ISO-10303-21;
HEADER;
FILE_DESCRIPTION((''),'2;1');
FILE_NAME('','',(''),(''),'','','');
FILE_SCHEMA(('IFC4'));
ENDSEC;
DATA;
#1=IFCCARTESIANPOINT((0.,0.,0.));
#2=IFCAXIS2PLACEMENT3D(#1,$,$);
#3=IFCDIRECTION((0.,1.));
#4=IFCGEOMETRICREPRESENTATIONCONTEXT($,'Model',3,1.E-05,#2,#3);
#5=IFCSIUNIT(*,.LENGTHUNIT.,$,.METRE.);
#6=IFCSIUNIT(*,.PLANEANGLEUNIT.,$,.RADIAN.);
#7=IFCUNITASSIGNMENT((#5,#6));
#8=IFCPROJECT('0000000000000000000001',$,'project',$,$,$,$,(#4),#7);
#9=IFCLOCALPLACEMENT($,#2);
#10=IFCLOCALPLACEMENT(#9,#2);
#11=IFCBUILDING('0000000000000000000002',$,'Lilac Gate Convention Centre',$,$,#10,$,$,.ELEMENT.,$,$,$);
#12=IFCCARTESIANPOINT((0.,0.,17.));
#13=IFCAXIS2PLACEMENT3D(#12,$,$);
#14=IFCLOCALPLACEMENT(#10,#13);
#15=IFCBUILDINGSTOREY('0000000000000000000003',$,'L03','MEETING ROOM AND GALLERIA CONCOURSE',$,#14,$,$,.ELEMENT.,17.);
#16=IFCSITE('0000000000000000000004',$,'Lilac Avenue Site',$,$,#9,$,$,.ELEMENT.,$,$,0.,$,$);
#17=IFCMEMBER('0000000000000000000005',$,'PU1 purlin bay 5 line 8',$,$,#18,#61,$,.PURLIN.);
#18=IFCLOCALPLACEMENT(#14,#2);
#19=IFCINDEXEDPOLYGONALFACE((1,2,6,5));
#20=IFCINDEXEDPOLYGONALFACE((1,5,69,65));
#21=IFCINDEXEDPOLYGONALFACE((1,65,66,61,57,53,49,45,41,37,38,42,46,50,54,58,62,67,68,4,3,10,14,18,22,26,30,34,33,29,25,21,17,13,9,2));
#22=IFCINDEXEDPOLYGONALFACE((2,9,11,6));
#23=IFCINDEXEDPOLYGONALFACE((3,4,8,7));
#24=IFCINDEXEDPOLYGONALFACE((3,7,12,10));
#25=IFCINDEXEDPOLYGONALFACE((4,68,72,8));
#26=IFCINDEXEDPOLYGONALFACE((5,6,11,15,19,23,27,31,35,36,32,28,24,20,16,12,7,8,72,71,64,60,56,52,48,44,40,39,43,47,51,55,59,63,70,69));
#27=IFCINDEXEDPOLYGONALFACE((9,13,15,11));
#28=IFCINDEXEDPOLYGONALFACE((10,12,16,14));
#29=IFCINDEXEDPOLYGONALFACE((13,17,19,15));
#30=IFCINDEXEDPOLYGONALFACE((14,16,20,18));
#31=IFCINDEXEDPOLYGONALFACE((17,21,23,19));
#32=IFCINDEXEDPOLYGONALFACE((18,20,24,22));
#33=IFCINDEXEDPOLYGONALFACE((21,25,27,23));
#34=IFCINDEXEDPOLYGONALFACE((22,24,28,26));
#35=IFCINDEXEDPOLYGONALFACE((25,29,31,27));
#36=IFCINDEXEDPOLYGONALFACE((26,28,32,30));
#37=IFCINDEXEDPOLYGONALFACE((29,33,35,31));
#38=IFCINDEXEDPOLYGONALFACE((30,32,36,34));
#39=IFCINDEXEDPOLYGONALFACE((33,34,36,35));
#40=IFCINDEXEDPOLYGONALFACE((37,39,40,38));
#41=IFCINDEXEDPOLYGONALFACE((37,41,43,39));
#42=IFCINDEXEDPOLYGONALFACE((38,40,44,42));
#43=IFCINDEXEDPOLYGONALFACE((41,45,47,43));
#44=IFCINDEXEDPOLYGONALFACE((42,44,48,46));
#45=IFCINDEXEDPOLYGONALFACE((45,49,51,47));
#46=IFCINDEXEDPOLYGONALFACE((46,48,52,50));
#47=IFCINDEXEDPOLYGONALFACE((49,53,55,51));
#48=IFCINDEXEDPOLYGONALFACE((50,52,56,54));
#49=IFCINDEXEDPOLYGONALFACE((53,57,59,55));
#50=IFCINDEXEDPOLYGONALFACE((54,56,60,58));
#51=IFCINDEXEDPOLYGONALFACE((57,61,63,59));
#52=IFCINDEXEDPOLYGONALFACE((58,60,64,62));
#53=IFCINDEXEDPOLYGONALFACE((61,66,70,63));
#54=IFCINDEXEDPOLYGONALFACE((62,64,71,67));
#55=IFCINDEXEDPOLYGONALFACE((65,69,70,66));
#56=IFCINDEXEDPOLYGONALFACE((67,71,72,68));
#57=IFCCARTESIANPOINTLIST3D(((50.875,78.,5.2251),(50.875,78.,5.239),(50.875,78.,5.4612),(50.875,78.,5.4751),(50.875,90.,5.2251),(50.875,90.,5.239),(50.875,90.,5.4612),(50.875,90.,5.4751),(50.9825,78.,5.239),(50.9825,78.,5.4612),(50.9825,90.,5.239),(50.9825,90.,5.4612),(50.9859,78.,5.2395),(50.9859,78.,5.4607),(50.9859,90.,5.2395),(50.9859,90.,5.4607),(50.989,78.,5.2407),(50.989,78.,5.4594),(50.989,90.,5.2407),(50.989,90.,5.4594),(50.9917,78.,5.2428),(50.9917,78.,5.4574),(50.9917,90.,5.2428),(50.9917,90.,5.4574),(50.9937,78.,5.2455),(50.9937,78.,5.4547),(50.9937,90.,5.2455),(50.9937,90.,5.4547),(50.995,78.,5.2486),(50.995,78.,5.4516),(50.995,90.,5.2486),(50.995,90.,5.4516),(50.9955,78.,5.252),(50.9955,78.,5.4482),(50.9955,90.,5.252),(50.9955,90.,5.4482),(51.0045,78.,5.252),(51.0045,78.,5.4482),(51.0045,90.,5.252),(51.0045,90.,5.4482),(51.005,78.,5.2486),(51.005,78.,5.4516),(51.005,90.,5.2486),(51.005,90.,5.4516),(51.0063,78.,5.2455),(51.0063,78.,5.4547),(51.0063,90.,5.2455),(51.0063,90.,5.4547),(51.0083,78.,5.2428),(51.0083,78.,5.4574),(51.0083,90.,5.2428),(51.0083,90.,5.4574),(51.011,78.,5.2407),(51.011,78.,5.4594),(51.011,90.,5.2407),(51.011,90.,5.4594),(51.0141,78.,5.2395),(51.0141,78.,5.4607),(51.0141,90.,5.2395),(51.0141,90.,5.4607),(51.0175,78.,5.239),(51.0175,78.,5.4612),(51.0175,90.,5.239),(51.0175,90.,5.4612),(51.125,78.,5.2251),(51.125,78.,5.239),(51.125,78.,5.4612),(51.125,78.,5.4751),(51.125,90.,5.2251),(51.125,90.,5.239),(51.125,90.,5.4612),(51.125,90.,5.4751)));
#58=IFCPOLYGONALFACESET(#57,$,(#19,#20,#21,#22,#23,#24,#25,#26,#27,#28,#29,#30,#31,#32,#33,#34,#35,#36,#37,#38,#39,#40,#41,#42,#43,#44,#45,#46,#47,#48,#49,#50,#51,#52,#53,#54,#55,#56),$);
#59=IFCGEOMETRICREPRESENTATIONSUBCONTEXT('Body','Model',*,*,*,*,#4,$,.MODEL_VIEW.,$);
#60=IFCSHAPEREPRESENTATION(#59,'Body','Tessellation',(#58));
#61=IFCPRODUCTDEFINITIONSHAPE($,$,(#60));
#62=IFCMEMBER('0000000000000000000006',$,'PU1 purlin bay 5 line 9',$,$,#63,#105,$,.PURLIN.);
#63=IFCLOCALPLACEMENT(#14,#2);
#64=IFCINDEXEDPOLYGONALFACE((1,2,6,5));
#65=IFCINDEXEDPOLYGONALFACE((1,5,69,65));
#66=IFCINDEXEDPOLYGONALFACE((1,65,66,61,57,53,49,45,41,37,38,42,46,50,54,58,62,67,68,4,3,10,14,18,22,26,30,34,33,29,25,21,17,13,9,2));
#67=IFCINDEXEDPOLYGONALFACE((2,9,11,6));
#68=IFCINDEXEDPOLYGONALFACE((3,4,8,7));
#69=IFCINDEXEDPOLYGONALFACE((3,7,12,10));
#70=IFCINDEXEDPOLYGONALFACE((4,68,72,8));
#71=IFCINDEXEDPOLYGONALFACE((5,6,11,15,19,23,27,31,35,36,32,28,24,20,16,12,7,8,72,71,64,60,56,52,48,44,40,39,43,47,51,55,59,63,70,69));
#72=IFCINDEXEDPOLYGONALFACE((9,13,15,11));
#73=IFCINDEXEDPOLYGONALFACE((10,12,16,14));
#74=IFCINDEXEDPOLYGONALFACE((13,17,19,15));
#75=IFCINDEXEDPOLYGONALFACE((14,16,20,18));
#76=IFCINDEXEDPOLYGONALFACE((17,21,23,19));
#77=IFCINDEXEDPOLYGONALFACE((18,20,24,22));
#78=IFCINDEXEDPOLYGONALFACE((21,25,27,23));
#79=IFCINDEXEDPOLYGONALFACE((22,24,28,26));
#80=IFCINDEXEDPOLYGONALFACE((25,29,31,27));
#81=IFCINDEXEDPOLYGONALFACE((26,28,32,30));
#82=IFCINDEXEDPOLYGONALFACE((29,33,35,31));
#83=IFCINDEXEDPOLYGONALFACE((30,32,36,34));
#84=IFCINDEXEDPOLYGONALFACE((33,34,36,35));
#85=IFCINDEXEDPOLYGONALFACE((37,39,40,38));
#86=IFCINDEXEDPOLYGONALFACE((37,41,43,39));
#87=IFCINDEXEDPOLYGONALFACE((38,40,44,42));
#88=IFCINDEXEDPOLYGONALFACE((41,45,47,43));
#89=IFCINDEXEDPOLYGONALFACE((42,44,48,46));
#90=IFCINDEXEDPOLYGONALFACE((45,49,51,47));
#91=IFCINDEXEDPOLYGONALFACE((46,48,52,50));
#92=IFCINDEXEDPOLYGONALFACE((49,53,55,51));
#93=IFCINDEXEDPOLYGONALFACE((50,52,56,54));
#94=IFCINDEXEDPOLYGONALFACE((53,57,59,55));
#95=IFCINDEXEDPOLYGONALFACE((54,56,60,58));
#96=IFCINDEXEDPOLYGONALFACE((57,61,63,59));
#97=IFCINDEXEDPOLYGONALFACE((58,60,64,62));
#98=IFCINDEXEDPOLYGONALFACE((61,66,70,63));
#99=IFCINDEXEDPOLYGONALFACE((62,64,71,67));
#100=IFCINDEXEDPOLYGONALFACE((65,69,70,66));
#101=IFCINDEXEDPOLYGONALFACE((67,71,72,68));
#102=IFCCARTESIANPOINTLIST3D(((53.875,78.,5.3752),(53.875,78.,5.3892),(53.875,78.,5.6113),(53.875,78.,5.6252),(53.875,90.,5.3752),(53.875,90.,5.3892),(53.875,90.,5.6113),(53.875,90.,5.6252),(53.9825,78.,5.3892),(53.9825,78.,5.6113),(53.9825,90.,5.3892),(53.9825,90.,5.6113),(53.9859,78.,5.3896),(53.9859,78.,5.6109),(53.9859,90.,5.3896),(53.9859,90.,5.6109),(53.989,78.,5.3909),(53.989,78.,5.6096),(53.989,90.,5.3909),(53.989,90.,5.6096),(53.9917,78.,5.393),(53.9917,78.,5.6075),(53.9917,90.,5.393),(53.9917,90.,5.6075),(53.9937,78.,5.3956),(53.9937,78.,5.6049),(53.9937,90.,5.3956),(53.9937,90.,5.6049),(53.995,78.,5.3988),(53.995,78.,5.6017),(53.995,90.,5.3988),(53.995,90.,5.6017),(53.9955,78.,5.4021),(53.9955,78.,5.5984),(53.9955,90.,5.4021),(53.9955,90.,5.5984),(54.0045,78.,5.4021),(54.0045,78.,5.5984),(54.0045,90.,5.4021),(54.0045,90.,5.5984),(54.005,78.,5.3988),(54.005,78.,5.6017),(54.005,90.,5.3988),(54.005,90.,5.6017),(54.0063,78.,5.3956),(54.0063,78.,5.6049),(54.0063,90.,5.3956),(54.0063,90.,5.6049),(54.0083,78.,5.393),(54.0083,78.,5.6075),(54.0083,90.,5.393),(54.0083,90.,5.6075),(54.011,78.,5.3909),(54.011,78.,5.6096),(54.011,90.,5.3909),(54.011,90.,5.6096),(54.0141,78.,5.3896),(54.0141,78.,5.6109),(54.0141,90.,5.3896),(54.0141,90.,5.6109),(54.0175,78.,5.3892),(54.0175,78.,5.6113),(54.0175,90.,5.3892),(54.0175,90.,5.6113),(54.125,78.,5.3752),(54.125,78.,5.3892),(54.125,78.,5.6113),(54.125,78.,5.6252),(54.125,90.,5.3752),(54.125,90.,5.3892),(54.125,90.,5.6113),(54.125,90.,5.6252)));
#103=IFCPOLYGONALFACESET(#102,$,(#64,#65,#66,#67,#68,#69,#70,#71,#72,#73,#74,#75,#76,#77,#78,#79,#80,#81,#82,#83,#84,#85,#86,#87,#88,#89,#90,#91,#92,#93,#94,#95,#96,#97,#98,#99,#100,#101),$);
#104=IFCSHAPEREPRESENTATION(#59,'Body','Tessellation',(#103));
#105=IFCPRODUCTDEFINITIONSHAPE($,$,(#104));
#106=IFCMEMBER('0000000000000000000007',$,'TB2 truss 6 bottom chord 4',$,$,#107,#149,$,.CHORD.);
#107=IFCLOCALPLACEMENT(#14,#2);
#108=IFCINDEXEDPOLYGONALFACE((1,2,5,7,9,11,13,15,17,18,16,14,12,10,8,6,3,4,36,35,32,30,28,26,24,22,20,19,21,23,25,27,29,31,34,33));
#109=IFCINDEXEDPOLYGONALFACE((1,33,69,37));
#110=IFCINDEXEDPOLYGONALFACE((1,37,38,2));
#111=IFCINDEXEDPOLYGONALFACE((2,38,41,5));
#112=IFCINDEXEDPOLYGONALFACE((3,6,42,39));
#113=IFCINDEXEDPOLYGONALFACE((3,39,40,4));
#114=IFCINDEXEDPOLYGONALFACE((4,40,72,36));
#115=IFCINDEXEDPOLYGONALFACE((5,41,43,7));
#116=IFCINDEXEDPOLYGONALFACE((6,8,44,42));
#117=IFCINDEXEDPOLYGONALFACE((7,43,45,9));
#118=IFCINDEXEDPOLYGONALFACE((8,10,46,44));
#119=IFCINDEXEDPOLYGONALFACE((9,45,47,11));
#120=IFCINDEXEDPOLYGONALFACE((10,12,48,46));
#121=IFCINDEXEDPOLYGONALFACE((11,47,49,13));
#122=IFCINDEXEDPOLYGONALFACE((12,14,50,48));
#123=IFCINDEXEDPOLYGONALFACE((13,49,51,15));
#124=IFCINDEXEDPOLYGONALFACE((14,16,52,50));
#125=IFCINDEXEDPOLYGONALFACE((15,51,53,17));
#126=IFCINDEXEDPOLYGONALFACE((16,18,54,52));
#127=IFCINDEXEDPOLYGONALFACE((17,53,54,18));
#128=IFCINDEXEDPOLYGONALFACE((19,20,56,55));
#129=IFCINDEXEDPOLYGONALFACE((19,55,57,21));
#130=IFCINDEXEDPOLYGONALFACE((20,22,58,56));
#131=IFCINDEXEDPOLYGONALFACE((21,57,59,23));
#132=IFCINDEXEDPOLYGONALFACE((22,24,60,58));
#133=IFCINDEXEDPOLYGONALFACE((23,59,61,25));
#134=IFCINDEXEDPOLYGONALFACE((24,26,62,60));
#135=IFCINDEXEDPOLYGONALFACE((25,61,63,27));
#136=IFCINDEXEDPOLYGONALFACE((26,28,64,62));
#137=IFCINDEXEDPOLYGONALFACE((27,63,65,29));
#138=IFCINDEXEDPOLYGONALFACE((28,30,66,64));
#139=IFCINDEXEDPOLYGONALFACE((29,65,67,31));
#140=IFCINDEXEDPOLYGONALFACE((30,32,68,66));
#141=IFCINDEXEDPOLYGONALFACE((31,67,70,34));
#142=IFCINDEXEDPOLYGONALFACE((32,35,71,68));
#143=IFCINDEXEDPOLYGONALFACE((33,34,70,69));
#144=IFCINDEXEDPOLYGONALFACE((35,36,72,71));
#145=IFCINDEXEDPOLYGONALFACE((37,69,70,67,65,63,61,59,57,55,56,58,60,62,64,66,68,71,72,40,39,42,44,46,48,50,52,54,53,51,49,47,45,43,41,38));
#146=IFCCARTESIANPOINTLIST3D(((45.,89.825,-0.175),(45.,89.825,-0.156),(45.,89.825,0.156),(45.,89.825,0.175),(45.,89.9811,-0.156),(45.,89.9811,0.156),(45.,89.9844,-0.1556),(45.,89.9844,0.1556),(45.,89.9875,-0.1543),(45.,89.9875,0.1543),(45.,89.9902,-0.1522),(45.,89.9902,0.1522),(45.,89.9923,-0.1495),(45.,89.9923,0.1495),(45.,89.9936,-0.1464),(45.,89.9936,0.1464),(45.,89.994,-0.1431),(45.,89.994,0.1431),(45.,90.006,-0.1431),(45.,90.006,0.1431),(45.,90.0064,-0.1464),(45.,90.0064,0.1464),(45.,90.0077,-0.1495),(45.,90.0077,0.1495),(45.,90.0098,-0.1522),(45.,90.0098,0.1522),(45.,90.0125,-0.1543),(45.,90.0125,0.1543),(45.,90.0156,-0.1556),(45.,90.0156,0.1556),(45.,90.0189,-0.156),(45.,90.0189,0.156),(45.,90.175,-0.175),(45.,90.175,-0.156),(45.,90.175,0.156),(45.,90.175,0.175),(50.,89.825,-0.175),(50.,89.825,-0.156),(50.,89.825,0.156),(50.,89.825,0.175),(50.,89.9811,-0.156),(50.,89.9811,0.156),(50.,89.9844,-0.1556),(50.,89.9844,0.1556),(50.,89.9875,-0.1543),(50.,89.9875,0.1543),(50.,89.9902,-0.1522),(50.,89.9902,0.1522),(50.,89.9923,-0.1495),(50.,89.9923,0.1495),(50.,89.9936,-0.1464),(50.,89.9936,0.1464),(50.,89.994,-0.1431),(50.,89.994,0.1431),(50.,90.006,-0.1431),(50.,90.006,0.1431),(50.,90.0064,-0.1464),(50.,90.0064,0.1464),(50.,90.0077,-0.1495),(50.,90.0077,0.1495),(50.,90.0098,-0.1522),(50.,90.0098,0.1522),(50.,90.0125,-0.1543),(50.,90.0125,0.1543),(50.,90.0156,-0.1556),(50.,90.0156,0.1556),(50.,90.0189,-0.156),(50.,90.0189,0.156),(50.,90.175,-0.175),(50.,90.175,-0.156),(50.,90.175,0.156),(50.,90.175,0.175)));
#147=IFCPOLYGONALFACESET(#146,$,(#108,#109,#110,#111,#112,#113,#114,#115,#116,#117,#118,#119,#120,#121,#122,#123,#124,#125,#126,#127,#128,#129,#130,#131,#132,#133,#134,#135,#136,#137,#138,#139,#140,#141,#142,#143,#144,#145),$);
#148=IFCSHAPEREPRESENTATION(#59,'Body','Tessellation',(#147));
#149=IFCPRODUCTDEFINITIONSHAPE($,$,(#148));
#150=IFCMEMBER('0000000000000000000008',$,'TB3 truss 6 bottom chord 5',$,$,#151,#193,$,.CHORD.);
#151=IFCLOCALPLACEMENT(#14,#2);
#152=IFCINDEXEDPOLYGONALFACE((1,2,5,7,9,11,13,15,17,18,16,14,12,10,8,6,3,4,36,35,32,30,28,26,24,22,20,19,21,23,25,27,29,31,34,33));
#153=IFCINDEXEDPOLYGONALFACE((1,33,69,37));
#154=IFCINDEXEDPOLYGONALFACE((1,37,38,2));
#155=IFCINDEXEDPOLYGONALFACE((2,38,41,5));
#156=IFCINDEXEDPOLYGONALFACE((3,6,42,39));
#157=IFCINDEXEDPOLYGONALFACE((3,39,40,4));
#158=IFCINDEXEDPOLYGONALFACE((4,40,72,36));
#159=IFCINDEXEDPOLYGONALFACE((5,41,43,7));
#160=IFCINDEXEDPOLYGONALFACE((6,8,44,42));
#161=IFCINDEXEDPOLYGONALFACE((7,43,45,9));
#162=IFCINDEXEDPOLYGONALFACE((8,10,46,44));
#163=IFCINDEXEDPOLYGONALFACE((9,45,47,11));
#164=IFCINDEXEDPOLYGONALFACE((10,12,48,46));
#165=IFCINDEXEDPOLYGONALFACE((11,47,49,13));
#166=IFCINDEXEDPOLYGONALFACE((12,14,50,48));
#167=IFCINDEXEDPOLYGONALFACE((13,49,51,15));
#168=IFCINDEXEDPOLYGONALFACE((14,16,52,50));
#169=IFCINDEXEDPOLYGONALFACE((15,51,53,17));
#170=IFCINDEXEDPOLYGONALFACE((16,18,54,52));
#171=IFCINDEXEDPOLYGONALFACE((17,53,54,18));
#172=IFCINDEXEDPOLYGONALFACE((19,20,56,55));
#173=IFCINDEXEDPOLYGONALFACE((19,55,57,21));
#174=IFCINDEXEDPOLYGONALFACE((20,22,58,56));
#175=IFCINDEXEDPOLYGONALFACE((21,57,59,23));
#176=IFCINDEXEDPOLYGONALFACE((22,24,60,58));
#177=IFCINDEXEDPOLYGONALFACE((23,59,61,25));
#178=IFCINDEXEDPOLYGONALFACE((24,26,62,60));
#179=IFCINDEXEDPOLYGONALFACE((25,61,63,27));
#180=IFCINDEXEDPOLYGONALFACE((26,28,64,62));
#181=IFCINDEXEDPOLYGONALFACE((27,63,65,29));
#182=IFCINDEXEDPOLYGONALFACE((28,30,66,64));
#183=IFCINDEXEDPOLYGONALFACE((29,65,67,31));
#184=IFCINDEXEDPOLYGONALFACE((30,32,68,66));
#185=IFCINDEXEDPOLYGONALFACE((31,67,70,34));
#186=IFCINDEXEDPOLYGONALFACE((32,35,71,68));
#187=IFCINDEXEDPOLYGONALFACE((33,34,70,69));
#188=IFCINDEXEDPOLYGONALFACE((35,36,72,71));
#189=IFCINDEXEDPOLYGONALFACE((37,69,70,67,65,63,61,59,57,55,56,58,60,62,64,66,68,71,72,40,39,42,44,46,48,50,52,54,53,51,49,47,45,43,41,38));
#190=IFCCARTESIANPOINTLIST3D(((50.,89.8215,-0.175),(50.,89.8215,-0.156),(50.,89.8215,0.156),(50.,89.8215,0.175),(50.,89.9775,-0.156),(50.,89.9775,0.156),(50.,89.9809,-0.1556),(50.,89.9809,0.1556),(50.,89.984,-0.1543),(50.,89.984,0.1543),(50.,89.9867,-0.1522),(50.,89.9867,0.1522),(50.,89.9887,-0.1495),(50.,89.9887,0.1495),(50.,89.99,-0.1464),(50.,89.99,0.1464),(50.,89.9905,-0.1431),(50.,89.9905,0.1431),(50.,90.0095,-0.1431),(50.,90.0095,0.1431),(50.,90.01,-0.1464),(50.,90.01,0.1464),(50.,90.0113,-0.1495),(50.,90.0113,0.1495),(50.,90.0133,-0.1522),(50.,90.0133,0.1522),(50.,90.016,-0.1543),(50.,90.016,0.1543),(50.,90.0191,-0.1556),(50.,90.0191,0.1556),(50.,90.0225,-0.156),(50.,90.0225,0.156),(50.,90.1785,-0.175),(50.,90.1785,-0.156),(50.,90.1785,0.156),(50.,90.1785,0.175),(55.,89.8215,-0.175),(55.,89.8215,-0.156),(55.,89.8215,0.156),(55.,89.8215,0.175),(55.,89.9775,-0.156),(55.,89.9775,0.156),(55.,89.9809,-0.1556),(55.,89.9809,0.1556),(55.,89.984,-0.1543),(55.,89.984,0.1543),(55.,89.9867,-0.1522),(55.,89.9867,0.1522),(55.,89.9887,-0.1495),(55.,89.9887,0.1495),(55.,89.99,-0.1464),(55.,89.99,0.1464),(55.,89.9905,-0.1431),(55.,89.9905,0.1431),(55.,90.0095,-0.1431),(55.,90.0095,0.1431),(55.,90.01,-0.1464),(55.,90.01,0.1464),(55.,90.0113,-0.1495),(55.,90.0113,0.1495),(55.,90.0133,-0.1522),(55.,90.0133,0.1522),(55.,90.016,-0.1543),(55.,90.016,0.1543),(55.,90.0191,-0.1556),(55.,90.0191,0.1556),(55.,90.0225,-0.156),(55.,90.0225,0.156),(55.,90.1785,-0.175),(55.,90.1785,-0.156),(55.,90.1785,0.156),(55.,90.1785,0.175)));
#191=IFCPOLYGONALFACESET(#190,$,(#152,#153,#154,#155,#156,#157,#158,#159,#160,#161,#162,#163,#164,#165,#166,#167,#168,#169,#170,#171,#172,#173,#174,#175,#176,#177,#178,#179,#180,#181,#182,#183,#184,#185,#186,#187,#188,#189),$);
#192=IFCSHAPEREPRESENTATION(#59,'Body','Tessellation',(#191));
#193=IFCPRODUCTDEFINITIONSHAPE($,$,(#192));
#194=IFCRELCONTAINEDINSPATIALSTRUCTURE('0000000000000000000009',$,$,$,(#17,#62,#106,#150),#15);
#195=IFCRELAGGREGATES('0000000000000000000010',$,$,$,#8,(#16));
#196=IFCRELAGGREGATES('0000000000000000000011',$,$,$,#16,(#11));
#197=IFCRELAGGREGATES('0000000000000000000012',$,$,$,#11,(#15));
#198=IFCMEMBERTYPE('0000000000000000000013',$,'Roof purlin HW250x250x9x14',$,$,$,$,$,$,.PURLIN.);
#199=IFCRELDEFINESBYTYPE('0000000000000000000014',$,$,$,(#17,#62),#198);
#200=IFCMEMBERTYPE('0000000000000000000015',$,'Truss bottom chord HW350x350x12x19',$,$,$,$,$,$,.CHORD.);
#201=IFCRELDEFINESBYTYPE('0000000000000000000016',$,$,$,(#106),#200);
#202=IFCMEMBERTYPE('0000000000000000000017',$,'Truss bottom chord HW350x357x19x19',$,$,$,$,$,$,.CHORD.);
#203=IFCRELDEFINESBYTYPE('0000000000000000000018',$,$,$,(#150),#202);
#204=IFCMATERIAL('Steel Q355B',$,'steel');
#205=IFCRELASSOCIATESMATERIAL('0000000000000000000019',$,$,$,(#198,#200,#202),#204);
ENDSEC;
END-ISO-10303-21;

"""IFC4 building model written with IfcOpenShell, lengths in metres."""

from ifc_helpers import new_model, si_unit, direction, frame, origin, origin_2d, place, context, subcontext, project, spatial, i_section, extrude, material, material_profile, profile_set, type_object, element, save


model = new_model("IFC4")

# Units and contexts
model_context = context("Model", 3, precision=1e-05, world=origin(), true_north=direction((0.0, 1.0)))
body_context = subcontext(model_context, "Body", "Model", "MODEL_VIEW")
ifc_project = project(units=[si_unit("LENGTHUNIT", "METRE"), si_unit("PLANEANGLEUNIT", "RADIAN")], contexts=[model_context])

# Site, building, storey
site_placement = place(None, origin())
site = spatial("IfcSite", under=ifc_project, at=site_placement, Name="Lilac Avenue Site", CompositionType="ELEMENT", RefElevation=0.0)
building_placement = place(site_placement, origin())
building = spatial("IfcBuilding", under=site, at=building_placement, Name="Lilac Gate Convention Centre", CompositionType="ELEMENT")
storey_placement = place(building_placement, frame((0.0, 0.0, 17.0)))
storey = spatial("IfcBuildingStorey", under=building, at=storey_placement, Name="L03", Description="MEETING ROOM AND GALLERIA CONCOURSE", CompositionType="ELEMENT", Elevation=17.0)

# Members
ifc_material = material(Name="Steel Q355B", Category="steel")
ifc_material_profile_1 = material_profile(ifc_material, i_section(OverallWidth=0.25, OverallDepth=0.25, WebThickness=0.009, FlangeThickness=0.0139, FilletRadius=0.0129, at=origin_2d()), Name="HW250x250x9x14")
ifc_profile_set_1 = profile_set([ifc_material_profile_1], Name="Steel Q355B")
member_type_1 = type_object("IfcMemberType", Name="Roof purlin HW250x250x9x14", PredefinedType="PURLIN", material=ifc_profile_set_1)
for number, where, z_axis, x_axis, name in (
    (1, (51.0, 78.0, 5.3501), (0.0, 1.0, 0.0), (-1.0, 0.0, 0.0), "PU1 purlin bay 5 line 8"),
    (2, (54.0, 78.0, 5.5002), (0.0, 1.0, 0.0), (-1.0, 0.0, 0.0), "PU1 purlin bay 5 line 9"),
):
    element("IfcMember", number, at=place(storey_placement, frame(where, z_axis=z_axis, x_axis=x_axis)), inside=storey, type_object=member_type_1, Name=name, PredefinedType="PURLIN", context=body_context, shape_type="SweptSolid", body=[
        extrude(i_section(OverallWidth=0.25, OverallDepth=0.25, WebThickness=0.009, FlangeThickness=0.0139, FilletRadius=0.0129, at=origin_2d()), origin(), (0.0, 0.0, 1.0), 12.0),
    ])
ifc_material_profile_2 = material_profile(ifc_material, i_section(OverallWidth=0.3501, OverallDepth=0.3501, WebThickness=0.012, FlangeThickness=0.019, FilletRadius=0.0129, at=origin_2d()), Name="HW350x350x12x19")
ifc_profile_set_2 = profile_set([ifc_material_profile_2], Name="Steel Q355B")
member_type_2 = type_object("IfcMemberType", Name="Truss bottom chord HW350x350x12x19", PredefinedType="CHORD", material=ifc_profile_set_2)
member_1_placement = place(storey_placement, frame((45.0, 90.0, 0.0), z_axis=(1.0, 0.0, 0.0), x_axis=(0.0, 1.0, 0.0)))
element("IfcMember", 3, at=member_1_placement, inside=storey, type_object=member_type_2, Name="TB2 truss 6 bottom chord 4", PredefinedType="CHORD", context=body_context, shape_type="SweptSolid", body=[
    extrude(i_section(OverallWidth=0.3501, OverallDepth=0.3501, WebThickness=0.012, FlangeThickness=0.019, FilletRadius=0.0129, at=origin_2d()), origin(), (0.0, 0.0, 1.0), 5.0),
])
ifc_material_profile_3 = material_profile(ifc_material, i_section(OverallWidth=0.3569, OverallDepth=0.3501, WebThickness=0.019, FlangeThickness=0.019, FilletRadius=0.0129, at=origin_2d()), Name="HW350x357x19x19")
ifc_profile_set_3 = profile_set([ifc_material_profile_3], Name="Steel Q355B")
member_type_3 = type_object("IfcMemberType", Name="Truss bottom chord HW350x357x19x19", PredefinedType="CHORD", material=ifc_profile_set_3)
member_2_placement = place(storey_placement, frame((50.0, 90.0, 0.0), z_axis=(1.0, 0.0, 0.0), x_axis=(0.0, 1.0, 0.0)))
element("IfcMember", 4, at=member_2_placement, inside=storey, type_object=member_type_3, Name="TB3 truss 6 bottom chord 5", PredefinedType="CHORD", context=body_context, shape_type="SweptSolid", body=[
    extrude(i_section(OverallWidth=0.3569, OverallDepth=0.3501, WebThickness=0.019, FlangeThickness=0.019, FilletRadius=0.0129, at=origin_2d()), origin(), (0.0, 0.0, 1.0), 5.0),
])

save(model, "model.ifc")
